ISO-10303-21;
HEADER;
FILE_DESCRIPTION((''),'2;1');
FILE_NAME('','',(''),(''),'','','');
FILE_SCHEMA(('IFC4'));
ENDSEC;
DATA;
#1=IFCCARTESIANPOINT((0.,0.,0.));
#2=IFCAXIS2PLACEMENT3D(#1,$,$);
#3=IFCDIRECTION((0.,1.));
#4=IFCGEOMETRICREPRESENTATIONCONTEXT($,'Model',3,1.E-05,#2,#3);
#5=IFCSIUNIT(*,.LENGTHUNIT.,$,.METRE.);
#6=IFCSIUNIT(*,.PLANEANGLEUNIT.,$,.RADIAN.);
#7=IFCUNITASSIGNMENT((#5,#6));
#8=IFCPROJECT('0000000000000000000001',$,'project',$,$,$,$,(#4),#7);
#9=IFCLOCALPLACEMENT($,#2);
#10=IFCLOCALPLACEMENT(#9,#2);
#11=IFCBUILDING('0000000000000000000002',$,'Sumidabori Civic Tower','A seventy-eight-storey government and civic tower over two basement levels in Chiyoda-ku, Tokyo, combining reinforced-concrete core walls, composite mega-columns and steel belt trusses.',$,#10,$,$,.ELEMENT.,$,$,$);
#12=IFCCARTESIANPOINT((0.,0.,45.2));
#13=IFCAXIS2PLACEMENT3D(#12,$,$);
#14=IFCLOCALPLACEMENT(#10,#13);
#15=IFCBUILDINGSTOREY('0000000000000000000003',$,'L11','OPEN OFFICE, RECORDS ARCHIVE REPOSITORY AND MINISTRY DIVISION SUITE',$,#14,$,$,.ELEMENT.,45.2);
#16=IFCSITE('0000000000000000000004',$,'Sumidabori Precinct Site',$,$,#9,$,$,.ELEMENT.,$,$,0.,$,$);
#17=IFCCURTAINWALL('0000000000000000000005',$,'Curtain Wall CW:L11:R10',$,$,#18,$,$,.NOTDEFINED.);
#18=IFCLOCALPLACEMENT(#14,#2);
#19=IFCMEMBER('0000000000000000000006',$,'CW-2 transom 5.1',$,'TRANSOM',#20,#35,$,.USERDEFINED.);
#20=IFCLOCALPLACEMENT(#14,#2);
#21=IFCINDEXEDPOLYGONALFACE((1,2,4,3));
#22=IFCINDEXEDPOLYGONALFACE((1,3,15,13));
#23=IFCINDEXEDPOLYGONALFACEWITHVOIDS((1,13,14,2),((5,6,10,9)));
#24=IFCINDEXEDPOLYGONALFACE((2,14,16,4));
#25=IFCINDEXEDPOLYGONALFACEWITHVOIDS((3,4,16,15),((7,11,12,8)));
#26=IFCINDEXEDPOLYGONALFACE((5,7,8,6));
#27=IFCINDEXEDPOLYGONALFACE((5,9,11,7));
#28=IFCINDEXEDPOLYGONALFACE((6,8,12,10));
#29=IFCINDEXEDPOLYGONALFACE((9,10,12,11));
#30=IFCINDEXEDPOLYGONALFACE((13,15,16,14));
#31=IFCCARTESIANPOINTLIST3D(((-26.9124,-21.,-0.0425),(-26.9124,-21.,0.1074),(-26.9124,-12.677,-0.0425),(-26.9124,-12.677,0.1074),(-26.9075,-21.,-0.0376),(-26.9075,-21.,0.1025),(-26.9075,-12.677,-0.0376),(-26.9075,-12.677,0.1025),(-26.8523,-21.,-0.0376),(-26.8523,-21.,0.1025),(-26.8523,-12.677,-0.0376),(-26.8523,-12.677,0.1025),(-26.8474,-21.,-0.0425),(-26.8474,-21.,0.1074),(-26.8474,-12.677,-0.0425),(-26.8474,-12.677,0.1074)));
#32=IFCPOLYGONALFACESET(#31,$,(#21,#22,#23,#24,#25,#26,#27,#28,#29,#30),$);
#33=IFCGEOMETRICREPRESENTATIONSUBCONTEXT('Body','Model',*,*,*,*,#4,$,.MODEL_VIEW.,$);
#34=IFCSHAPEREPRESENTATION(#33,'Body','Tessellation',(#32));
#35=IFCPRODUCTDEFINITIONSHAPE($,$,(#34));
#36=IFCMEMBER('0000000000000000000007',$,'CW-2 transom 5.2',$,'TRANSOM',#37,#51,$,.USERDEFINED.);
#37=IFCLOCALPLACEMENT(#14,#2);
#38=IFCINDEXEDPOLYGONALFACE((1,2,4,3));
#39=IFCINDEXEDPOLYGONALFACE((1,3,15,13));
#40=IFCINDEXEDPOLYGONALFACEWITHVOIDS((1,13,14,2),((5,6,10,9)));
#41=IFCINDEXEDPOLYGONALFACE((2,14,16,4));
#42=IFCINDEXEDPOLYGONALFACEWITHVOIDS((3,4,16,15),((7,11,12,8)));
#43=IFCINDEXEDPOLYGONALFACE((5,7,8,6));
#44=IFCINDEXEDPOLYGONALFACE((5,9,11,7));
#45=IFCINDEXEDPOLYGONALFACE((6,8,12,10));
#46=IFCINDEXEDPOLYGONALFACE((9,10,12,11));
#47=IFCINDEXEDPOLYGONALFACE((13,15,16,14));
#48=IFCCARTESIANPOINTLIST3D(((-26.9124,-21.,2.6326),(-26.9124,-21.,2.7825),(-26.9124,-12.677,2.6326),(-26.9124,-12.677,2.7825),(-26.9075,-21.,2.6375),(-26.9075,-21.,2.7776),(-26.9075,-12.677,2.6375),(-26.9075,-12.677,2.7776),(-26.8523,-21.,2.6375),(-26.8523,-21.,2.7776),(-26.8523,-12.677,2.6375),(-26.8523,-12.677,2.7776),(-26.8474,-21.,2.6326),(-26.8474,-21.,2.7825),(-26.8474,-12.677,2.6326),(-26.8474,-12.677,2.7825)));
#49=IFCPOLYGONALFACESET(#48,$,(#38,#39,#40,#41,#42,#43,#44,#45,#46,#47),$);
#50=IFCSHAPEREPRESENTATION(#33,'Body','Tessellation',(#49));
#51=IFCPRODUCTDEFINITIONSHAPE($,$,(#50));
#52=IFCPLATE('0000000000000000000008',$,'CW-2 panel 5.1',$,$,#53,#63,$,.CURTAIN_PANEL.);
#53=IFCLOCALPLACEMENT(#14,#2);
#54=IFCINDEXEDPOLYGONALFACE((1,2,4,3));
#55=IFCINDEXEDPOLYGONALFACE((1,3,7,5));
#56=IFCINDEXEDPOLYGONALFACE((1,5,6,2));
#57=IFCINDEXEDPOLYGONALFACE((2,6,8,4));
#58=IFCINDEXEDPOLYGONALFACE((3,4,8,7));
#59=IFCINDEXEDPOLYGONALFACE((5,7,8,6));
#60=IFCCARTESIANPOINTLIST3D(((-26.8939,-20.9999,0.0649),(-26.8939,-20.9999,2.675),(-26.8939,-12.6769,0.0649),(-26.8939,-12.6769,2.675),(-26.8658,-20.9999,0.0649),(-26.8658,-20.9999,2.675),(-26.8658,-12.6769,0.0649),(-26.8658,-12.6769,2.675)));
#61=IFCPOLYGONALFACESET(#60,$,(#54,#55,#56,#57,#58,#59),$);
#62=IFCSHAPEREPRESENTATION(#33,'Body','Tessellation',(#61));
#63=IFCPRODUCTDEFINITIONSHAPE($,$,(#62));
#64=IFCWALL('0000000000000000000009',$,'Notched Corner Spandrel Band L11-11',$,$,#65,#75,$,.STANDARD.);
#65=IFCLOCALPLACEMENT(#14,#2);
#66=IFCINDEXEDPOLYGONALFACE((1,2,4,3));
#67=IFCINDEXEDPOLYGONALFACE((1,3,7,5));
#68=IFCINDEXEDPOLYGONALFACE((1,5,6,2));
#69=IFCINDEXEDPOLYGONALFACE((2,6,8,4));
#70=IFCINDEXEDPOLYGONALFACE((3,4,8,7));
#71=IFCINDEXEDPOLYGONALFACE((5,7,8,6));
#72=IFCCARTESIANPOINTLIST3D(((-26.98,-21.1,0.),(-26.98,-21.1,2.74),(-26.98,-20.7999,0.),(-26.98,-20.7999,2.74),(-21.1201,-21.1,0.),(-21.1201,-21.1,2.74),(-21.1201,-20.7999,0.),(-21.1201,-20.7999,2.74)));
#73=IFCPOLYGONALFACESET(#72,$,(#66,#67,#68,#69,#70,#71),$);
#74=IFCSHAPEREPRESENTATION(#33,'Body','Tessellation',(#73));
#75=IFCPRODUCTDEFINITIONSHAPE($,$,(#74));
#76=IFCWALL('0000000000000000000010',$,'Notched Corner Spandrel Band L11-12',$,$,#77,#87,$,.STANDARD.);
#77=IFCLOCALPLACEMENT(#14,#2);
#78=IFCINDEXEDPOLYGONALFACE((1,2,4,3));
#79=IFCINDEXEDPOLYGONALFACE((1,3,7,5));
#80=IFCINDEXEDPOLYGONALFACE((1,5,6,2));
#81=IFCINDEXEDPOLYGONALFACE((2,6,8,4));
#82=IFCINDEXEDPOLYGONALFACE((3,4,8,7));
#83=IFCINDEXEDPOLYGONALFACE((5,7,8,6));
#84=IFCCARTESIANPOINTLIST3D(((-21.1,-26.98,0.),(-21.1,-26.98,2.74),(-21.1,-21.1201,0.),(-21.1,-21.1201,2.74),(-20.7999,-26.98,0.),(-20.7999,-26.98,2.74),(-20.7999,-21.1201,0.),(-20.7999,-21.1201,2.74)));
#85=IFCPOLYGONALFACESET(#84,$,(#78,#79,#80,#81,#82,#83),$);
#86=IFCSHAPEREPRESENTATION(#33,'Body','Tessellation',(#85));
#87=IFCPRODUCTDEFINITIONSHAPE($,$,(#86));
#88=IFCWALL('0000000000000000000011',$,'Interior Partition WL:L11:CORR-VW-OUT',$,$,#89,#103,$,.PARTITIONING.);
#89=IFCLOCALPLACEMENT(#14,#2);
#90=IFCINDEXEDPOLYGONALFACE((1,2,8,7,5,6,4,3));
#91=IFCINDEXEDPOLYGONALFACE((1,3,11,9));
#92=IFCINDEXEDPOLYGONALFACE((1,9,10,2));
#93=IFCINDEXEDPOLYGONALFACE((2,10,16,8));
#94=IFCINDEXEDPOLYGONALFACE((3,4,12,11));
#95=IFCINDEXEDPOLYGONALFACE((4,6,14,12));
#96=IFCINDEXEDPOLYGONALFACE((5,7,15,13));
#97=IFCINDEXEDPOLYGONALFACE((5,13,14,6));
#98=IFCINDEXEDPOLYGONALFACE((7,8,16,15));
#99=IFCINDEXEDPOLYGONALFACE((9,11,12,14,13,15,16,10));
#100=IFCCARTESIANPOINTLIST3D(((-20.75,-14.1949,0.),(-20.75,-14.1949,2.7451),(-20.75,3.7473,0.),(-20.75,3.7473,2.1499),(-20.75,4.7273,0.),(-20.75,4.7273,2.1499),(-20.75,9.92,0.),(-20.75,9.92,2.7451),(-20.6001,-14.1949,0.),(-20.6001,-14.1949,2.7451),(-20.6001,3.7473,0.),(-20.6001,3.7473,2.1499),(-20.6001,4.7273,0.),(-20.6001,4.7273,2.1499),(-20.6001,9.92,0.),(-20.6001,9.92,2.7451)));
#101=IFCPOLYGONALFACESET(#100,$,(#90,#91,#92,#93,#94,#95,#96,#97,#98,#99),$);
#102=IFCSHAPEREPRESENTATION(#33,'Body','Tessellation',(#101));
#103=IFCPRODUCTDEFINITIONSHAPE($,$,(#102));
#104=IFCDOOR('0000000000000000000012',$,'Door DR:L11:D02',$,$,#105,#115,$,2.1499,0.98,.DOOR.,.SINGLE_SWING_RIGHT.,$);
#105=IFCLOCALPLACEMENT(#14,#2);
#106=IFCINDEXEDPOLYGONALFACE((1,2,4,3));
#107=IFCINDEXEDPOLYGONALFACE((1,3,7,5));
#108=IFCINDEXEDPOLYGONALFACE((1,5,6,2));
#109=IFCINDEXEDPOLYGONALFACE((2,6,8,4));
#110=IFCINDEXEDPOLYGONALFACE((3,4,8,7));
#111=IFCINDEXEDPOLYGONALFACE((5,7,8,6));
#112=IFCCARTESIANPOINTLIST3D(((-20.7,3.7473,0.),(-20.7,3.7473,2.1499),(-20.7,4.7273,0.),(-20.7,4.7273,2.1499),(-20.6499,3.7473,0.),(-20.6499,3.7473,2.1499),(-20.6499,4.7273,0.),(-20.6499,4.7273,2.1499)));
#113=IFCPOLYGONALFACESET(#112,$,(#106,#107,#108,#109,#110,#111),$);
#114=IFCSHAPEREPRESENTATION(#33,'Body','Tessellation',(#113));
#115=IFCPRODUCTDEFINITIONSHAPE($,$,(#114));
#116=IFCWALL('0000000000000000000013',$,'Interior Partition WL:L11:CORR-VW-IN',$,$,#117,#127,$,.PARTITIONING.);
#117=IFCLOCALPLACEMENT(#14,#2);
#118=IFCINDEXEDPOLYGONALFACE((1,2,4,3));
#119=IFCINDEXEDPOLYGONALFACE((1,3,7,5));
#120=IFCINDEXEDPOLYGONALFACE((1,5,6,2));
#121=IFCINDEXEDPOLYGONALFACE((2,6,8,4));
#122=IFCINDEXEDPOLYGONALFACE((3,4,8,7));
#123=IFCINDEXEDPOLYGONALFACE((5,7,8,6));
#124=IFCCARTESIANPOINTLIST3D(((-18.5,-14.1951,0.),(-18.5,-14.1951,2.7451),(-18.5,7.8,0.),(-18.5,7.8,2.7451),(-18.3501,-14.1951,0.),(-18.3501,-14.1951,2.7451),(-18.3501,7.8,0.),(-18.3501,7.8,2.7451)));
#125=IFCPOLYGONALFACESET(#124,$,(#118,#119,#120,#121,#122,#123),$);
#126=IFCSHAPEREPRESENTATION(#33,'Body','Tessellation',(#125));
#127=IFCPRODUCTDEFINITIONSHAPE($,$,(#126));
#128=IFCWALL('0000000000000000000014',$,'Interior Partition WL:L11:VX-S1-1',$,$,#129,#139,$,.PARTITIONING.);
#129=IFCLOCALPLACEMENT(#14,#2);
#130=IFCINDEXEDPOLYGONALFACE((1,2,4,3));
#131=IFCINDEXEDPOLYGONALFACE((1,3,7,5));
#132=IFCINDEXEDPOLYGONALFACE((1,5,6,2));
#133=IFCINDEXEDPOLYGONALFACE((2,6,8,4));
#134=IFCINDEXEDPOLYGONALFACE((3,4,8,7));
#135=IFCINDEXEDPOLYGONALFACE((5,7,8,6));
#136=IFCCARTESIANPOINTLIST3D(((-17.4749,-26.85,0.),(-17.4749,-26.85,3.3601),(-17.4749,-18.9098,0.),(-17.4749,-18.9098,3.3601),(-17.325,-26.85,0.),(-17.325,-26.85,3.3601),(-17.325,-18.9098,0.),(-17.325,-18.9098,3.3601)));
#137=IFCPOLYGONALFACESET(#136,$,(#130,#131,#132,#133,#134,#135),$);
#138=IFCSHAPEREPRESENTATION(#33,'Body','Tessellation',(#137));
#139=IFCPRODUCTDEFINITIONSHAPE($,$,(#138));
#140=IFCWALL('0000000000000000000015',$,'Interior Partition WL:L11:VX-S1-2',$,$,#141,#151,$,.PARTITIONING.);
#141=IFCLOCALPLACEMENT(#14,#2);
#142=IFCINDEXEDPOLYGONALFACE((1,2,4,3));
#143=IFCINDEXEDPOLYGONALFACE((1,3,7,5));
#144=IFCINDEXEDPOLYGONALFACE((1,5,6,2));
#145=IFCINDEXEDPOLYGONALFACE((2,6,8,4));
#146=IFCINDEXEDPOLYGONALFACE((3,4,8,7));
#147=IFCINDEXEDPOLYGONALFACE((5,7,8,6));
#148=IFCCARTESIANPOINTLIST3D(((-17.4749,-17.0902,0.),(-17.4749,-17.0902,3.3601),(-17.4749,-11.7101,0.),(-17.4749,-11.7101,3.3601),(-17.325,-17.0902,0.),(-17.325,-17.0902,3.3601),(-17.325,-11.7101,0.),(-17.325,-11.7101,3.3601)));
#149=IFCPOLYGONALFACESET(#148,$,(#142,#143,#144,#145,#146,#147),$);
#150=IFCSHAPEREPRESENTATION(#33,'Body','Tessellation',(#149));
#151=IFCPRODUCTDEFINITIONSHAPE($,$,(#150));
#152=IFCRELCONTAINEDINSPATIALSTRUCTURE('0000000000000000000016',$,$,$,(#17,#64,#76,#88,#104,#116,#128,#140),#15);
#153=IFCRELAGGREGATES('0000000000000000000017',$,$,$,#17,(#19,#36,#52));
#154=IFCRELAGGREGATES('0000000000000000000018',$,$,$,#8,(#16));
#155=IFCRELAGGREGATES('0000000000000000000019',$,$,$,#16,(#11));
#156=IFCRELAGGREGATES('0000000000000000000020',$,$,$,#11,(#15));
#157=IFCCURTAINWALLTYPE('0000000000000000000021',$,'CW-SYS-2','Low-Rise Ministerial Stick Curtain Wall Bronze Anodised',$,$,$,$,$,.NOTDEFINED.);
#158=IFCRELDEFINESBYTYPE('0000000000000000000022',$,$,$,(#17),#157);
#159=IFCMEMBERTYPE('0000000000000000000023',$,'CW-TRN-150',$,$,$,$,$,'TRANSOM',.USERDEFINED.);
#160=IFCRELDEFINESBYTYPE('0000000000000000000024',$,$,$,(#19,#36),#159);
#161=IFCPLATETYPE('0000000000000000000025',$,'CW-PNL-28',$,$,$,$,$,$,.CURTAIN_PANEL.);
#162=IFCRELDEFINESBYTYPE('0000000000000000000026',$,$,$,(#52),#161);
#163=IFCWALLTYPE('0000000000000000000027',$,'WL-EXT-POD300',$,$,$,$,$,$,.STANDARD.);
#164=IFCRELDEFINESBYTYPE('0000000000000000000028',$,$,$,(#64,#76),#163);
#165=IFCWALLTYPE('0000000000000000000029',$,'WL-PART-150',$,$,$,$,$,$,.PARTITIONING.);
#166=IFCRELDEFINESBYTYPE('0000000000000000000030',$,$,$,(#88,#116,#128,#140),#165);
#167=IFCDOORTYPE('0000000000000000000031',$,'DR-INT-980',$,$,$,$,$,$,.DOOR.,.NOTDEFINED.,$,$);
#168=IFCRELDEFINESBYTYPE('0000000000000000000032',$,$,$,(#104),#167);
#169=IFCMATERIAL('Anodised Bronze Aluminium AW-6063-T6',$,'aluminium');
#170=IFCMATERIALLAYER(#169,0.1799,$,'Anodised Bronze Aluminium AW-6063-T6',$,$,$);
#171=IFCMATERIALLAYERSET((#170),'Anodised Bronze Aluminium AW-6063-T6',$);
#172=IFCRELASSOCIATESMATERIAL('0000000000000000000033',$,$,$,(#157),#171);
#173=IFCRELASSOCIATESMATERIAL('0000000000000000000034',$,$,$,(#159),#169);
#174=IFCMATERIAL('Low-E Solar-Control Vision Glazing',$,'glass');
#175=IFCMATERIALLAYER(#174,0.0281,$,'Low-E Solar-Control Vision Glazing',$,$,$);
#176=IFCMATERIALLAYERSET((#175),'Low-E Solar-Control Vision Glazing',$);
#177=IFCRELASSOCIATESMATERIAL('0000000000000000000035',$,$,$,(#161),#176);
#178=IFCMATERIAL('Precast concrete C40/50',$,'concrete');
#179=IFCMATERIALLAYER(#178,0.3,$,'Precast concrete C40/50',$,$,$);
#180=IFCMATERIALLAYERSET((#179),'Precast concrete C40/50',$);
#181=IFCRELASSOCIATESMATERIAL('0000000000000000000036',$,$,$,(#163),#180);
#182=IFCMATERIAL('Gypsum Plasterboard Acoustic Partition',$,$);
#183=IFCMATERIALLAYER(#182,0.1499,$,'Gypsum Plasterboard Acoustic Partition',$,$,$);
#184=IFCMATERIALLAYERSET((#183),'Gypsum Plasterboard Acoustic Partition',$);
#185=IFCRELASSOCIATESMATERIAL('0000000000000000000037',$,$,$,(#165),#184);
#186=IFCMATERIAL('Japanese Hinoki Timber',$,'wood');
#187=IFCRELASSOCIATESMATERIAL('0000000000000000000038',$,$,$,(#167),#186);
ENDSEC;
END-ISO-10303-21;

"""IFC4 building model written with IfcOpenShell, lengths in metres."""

from ifc_helpers import new_model, si_unit, direction, frame, frame_2d, origin, origin_2d, place, context, subcontext, project, spatial, rectangle, hollow_rectangle, extrude, source, transform, mapped, material, layer, layer_set, material_profile, profile_set, type_object, element, fill, aggregate, save


model = new_model("IFC4")

# Units and contexts
model_context = context("Model", 3, precision=1e-05, world=origin(), true_north=direction((0.0, 1.0)))
body_context = subcontext(model_context, "Body", "Model", "MODEL_VIEW")
ifc_project = project(units=[si_unit("LENGTHUNIT", "METRE"), si_unit("PLANEANGLEUNIT", "RADIAN")], contexts=[model_context])

# Site, building, storey
site_placement = place(None, origin())
site = spatial("IfcSite", under=ifc_project, at=site_placement, Name="Sumidabori Precinct Site", CompositionType="ELEMENT", RefElevation=0.0)
building_placement = place(site_placement, origin())
building = spatial("IfcBuilding", under=site, at=building_placement, Name="Sumidabori Civic Tower", Description="A seventy-eight-storey government and civic tower over two basement levels in Chiyoda-ku, Tokyo, combining reinforced-concrete core walls, composite mega-columns and steel belt trusses.", CompositionType="ELEMENT")
storey_placement = place(building_placement, frame((0.0, 0.0, 45.2)))
storey = spatial("IfcBuildingStorey", under=building, at=storey_placement, Name="L11", Description="OPEN OFFICE, RECORDS ARCHIVE REPOSITORY AND MINISTRY DIVISION SUITE", CompositionType="ELEMENT", Elevation=45.2)

# Shared definitions
ifc_material_1 = material(Name="Anodised Bronze Aluminium AW-6063-T6", Category="aluminium")
ifc_layer_1 = layer(ifc_material_1, 0.1799, Name="Anodised Bronze Aluminium AW-6063-T6")
ifc_layer_set_1 = layer_set([ifc_layer_1], Name="Anodised Bronze Aluminium AW-6063-T6")
curtain_wall_type = type_object("IfcCurtainWallType", Name="CW-SYS-2", Description="Low-Rise Ministerial Stick Curtain Wall Bronze Anodised", PredefinedType="NOTDEFINED", material=ifc_layer_set_1)

# Curtain wall
curtain_wall_1_placement = place(storey_placement, origin())
curtain_wall_1 = element("IfcCurtainWall", 1, at=curtain_wall_1_placement, inside=storey, type_object=curtain_wall_type, Name="Curtain Wall CW:L11:R10", PredefinedType="NOTDEFINED")

# Members
ifc_material_profile_1 = material_profile(ifc_material_1, hollow_rectangle(XDim=0.0649, YDim=0.1499, WallThickness=0.0049, at=origin_2d()), Name="ALU TRANSOM 150x65")
ifc_profile_set_1 = profile_set([ifc_material_profile_1], Name="Anodised Bronze Aluminium AW-6063-T6")
member_type_1 = type_object("IfcMemberType", Name="CW-TRN-150", ElementType="TRANSOM", PredefinedType="USERDEFINED", material=ifc_profile_set_1)
shared_shape_1 = source(origin(), body_context, "Body", "SweptSolid", [
    extrude(hollow_rectangle(XDim=0.0649, YDim=0.1499, WallThickness=0.0049, at=origin_2d()), origin(), (0.0, 0.0, 1.0), 8.323),
])
member_1_placement = place(storey_placement, frame((-26.8799, -12.677, 0.0325), z_axis=(0.0, -1.0, 0.0), x_axis=(1.0, 0.0, 0.0)))
member_1 = element("IfcMember", 2, at=member_1_placement, type_object=member_type_1, Name="CW-2 transom 5.1", ObjectType="TRANSOM", PredefinedType="USERDEFINED", context=body_context, shape_type="MappedRepresentation", body=[
    mapped(shared_shape_1, transform((0.0, 0.0, 0.0), x_axis=(1.0, 0.0, 0.0), y_axis=(0.0, 1.0, 0.0), z_axis=(0.0, 0.0, 1.0), scale=1.0)),
])
member_2_placement = place(storey_placement, frame((-26.8799, -12.677, 2.7075), z_axis=(0.0, -1.0, 0.0), x_axis=(1.0, 0.0, 0.0)))
member_2 = element("IfcMember", 3, at=member_2_placement, type_object=member_type_1, Name="CW-2 transom 5.2", ObjectType="TRANSOM", PredefinedType="USERDEFINED", context=body_context, shape_type="MappedRepresentation", body=[
    mapped(shared_shape_1, transform((0.0, 0.0, 0.0), x_axis=(1.0, 0.0, 0.0), y_axis=(0.0, 1.0, 0.0), z_axis=(0.0, 0.0, 1.0), scale=1.0)),
])

# Plate
ifc_material_2 = material(Name="Low-E Solar-Control Vision Glazing", Category="glass")
ifc_layer_2 = layer(ifc_material_2, 0.0281, Name="Low-E Solar-Control Vision Glazing")
ifc_layer_set_2 = layer_set([ifc_layer_2], Name="Low-E Solar-Control Vision Glazing")
plate_type = type_object("IfcPlateType", Name="CW-PNL-28", PredefinedType="CURTAIN_PANEL", material=ifc_layer_set_2)
shared_shape_2 = source(origin(), body_context, "Body", "SweptSolid", [
    extrude(rectangle(XDim=8.323, YDim=0.0281, at=origin_2d()), origin(), (0.0, 0.0, 1.0), 2.6101),
])
plate_placement = place(storey_placement, frame((-26.8799, -16.8384, 0.0649), z_axis=(0.0, 0.0, 1.0), x_axis=(0.0, -1.0, 0.0)))
plate = element("IfcPlate", 4, at=plate_placement, type_object=plate_type, Name="CW-2 panel 5.1", PredefinedType="CURTAIN_PANEL", context=body_context, shape_type="MappedRepresentation", body=[
    mapped(shared_shape_2, transform((0.0, 0.0, 0.0), x_axis=(1.0, 0.0, 0.0), y_axis=(0.0, 1.0, 0.0), z_axis=(0.0, 0.0, 1.0), scale=1.0)),
])
aggregate(curtain_wall_1, [member_1, member_2, plate])

# Walls
ifc_material_3 = material(Name="Precast concrete C40/50", Category="concrete")
ifc_layer_3 = layer(ifc_material_3, 0.3, Name="Precast concrete C40/50")
ifc_layer_set_3 = layer_set([ifc_layer_3], Name="Precast concrete C40/50")
wall_type_1 = type_object("IfcWallType", Name="WL-EXT-POD300", PredefinedType="STANDARD", material=ifc_layer_set_3)
shared_shape_3 = source(origin(), body_context, "Body", "SweptSolid", [
    extrude(rectangle(XDim=5.8599, YDim=0.3, at=frame_2d((2.9299, 0.0))), origin(), (0.0, 0.0, 1.0), 2.74),
])
for number, where, z_axis, x_axis, name in (
    (5, (-26.98, -20.95, 0.0), (0.0, 0.0, 1.0), (1.0, 0.0, 0.0), "Notched Corner Spandrel Band L11-11"),
    (6, (-20.95, -21.1201, 0.0), (0.0, 0.0, 1.0), (0.0, -1.0, 0.0), "Notched Corner Spandrel Band L11-12"),
):
    element("IfcWall", number, at=place(storey_placement, frame(where, z_axis=z_axis, x_axis=x_axis)), inside=storey, type_object=wall_type_1, Name=name, PredefinedType="STANDARD", context=body_context, shape_type="MappedRepresentation", body=[
        mapped(shared_shape_3, transform((0.0, 0.0, 0.0), x_axis=(1.0, 0.0, 0.0), y_axis=(0.0, 1.0, 0.0), z_axis=(0.0, 0.0, 1.0), scale=1.0)),
    ])

# Wall, opening, door
ifc_material_4 = material(Name="Gypsum Plasterboard Acoustic Partition")
ifc_layer_4 = layer(ifc_material_4, 0.1499, Name="Gypsum Plasterboard Acoustic Partition")
ifc_layer_set_4 = layer_set([ifc_layer_4], Name="Gypsum Plasterboard Acoustic Partition")
wall_type_2 = type_object("IfcWallType", Name="WL-PART-150", PredefinedType="PARTITIONING", material=ifc_layer_set_4)
ifc_material_5 = material(Name="Japanese Hinoki Timber", Category="wood")
door_type = type_object("IfcDoorType", Name="DR-INT-980", OperationType="NOTDEFINED", PredefinedType="DOOR", material=ifc_material_5)
shared_shape_4 = source(origin(), body_context, "Body", "SweptSolid", [
    extrude(rectangle(XDim=0.98, YDim=2.1499, at=frame_2d((0.49, 1.075))), frame((0.0, 0.0249, 0.0), z_axis=(0.0, -1.0, 0.0), x_axis=(1.0, 0.0, 0.0)), (0.0, 0.0, 1.0), 0.05),
])
shared_shape_5 = source(origin(), body_context, "Body", "SweptSolid", [
    extrude(rectangle(XDim=24.115, YDim=0.1499, at=frame_2d((12.0576, 0.0))), origin(), (0.0, 0.0, 1.0), 2.7451),
])
wall_1_placement = place(storey_placement, frame((-20.675, -14.1951, 0.0), z_axis=(0.0, 0.0, 1.0), x_axis=(0.0, 1.0, 0.0)))
wall_1 = element("IfcWall", 7, at=wall_1_placement, inside=storey, type_object=wall_type_2, Name="Interior Partition WL:L11:CORR-VW-OUT", PredefinedType="PARTITIONING", context=body_context, shape_type="MappedRepresentation", body=[
    mapped(shared_shape_5, transform((0.0, 0.0, 0.0), x_axis=(1.0, 0.0, 0.0), y_axis=(0.0, 1.0, 0.0), z_axis=(0.0, 0.0, 1.0), scale=1.0)),
])
opening_1_placement = place(wall_1_placement, frame((17.9424, 0.0, 0.0)))
opening_1 = element("IfcOpeningElement", 8, at=opening_1_placement, cuts=wall_1, PredefinedType="OPENING", context=body_context, shape_type="SweptSolid", body=[
    extrude(rectangle(XDim=0.98, YDim=2.1499, at=frame_2d((0.49, 1.075))), frame((0.0, 0.0869, 0.0), z_axis=(0.0, -1.0, 0.0), x_axis=(1.0, 0.0, 0.0)), (0.0, 0.0, 1.0), 0.1738),
])
door_1_placement = place(opening_1_placement, origin())
door_1 = element("IfcDoor", 9, at=door_1_placement, inside=storey, type_object=door_type, Name="Door DR:L11:D02", OperationType="SINGLE_SWING_RIGHT", OverallHeight=2.1499, OverallWidth=0.98, PredefinedType="DOOR", context=body_context, shape_type="MappedRepresentation", body=[
    mapped(shared_shape_4, transform((0.0, 0.0, 0.0), x_axis=(1.0, 0.0, 0.0), y_axis=(0.0, 1.0, 0.0), z_axis=(0.0, 0.0, 1.0), scale=1.0)),
])
fill(opening_1, door_1)

# Walls
shared_shape_6 = source(origin(), body_context, "Body", "SweptSolid", [
    extrude(rectangle(XDim=21.9951, YDim=0.1499, at=frame_2d((10.9976, 0.0))), origin(), (0.0, 0.0, 1.0), 2.7451),
])
wall_2_placement = place(storey_placement, frame((-18.425, -14.1951, 0.0), z_axis=(0.0, 0.0, 1.0), x_axis=(0.0, 1.0, 0.0)))
element("IfcWall", 10, at=wall_2_placement, inside=storey, type_object=wall_type_2, Name="Interior Partition WL:L11:CORR-VW-IN", PredefinedType="PARTITIONING", context=body_context, shape_type="MappedRepresentation", body=[
    mapped(shared_shape_6, transform((0.0, 0.0, 0.0), x_axis=(1.0, 0.0, 0.0), y_axis=(0.0, 1.0, 0.0), z_axis=(0.0, 0.0, 1.0), scale=1.0)),
])
shared_shape_7 = source(origin(), body_context, "Body", "SweptSolid", [
    extrude(rectangle(XDim=7.9402, YDim=0.1499, at=frame_2d((3.9702, 0.0))), origin(), (0.0, 0.0, 1.0), 3.3601),
])
wall_3_placement = place(storey_placement, frame((-17.3999, -26.8501, 0.0), z_axis=(0.0, 0.0, 1.0), x_axis=(0.0, 1.0, 0.0)))
element("IfcWall", 11, at=wall_3_placement, inside=storey, type_object=wall_type_2, Name="Interior Partition WL:L11:VX-S1-1", PredefinedType="PARTITIONING", context=body_context, shape_type="MappedRepresentation", body=[
    mapped(shared_shape_7, transform((0.0, 0.0, 0.0), x_axis=(1.0, 0.0, 0.0), y_axis=(0.0, 1.0, 0.0), z_axis=(0.0, 0.0, 1.0), scale=1.0)),
])
shared_shape_8 = source(origin(), body_context, "Body", "SweptSolid", [
    extrude(rectangle(XDim=5.3801, YDim=0.1499, at=frame_2d((2.6899, 0.0))), origin(), (0.0, 0.0, 1.0), 3.3601),
])
wall_4_placement = place(storey_placement, frame((-17.3999, -17.0901, 0.0), z_axis=(0.0, 0.0, 1.0), x_axis=(0.0, 1.0, 0.0)))
element("IfcWall", 12, at=wall_4_placement, inside=storey, type_object=wall_type_2, Name="Interior Partition WL:L11:VX-S1-2", PredefinedType="PARTITIONING", context=body_context, shape_type="MappedRepresentation", body=[
    mapped(shared_shape_8, transform((0.0, 0.0, 0.0), x_axis=(1.0, 0.0, 0.0), y_axis=(0.0, 1.0, 0.0), z_axis=(0.0, 0.0, 1.0), scale=1.0)),
])

save(model, "model.ifc")
